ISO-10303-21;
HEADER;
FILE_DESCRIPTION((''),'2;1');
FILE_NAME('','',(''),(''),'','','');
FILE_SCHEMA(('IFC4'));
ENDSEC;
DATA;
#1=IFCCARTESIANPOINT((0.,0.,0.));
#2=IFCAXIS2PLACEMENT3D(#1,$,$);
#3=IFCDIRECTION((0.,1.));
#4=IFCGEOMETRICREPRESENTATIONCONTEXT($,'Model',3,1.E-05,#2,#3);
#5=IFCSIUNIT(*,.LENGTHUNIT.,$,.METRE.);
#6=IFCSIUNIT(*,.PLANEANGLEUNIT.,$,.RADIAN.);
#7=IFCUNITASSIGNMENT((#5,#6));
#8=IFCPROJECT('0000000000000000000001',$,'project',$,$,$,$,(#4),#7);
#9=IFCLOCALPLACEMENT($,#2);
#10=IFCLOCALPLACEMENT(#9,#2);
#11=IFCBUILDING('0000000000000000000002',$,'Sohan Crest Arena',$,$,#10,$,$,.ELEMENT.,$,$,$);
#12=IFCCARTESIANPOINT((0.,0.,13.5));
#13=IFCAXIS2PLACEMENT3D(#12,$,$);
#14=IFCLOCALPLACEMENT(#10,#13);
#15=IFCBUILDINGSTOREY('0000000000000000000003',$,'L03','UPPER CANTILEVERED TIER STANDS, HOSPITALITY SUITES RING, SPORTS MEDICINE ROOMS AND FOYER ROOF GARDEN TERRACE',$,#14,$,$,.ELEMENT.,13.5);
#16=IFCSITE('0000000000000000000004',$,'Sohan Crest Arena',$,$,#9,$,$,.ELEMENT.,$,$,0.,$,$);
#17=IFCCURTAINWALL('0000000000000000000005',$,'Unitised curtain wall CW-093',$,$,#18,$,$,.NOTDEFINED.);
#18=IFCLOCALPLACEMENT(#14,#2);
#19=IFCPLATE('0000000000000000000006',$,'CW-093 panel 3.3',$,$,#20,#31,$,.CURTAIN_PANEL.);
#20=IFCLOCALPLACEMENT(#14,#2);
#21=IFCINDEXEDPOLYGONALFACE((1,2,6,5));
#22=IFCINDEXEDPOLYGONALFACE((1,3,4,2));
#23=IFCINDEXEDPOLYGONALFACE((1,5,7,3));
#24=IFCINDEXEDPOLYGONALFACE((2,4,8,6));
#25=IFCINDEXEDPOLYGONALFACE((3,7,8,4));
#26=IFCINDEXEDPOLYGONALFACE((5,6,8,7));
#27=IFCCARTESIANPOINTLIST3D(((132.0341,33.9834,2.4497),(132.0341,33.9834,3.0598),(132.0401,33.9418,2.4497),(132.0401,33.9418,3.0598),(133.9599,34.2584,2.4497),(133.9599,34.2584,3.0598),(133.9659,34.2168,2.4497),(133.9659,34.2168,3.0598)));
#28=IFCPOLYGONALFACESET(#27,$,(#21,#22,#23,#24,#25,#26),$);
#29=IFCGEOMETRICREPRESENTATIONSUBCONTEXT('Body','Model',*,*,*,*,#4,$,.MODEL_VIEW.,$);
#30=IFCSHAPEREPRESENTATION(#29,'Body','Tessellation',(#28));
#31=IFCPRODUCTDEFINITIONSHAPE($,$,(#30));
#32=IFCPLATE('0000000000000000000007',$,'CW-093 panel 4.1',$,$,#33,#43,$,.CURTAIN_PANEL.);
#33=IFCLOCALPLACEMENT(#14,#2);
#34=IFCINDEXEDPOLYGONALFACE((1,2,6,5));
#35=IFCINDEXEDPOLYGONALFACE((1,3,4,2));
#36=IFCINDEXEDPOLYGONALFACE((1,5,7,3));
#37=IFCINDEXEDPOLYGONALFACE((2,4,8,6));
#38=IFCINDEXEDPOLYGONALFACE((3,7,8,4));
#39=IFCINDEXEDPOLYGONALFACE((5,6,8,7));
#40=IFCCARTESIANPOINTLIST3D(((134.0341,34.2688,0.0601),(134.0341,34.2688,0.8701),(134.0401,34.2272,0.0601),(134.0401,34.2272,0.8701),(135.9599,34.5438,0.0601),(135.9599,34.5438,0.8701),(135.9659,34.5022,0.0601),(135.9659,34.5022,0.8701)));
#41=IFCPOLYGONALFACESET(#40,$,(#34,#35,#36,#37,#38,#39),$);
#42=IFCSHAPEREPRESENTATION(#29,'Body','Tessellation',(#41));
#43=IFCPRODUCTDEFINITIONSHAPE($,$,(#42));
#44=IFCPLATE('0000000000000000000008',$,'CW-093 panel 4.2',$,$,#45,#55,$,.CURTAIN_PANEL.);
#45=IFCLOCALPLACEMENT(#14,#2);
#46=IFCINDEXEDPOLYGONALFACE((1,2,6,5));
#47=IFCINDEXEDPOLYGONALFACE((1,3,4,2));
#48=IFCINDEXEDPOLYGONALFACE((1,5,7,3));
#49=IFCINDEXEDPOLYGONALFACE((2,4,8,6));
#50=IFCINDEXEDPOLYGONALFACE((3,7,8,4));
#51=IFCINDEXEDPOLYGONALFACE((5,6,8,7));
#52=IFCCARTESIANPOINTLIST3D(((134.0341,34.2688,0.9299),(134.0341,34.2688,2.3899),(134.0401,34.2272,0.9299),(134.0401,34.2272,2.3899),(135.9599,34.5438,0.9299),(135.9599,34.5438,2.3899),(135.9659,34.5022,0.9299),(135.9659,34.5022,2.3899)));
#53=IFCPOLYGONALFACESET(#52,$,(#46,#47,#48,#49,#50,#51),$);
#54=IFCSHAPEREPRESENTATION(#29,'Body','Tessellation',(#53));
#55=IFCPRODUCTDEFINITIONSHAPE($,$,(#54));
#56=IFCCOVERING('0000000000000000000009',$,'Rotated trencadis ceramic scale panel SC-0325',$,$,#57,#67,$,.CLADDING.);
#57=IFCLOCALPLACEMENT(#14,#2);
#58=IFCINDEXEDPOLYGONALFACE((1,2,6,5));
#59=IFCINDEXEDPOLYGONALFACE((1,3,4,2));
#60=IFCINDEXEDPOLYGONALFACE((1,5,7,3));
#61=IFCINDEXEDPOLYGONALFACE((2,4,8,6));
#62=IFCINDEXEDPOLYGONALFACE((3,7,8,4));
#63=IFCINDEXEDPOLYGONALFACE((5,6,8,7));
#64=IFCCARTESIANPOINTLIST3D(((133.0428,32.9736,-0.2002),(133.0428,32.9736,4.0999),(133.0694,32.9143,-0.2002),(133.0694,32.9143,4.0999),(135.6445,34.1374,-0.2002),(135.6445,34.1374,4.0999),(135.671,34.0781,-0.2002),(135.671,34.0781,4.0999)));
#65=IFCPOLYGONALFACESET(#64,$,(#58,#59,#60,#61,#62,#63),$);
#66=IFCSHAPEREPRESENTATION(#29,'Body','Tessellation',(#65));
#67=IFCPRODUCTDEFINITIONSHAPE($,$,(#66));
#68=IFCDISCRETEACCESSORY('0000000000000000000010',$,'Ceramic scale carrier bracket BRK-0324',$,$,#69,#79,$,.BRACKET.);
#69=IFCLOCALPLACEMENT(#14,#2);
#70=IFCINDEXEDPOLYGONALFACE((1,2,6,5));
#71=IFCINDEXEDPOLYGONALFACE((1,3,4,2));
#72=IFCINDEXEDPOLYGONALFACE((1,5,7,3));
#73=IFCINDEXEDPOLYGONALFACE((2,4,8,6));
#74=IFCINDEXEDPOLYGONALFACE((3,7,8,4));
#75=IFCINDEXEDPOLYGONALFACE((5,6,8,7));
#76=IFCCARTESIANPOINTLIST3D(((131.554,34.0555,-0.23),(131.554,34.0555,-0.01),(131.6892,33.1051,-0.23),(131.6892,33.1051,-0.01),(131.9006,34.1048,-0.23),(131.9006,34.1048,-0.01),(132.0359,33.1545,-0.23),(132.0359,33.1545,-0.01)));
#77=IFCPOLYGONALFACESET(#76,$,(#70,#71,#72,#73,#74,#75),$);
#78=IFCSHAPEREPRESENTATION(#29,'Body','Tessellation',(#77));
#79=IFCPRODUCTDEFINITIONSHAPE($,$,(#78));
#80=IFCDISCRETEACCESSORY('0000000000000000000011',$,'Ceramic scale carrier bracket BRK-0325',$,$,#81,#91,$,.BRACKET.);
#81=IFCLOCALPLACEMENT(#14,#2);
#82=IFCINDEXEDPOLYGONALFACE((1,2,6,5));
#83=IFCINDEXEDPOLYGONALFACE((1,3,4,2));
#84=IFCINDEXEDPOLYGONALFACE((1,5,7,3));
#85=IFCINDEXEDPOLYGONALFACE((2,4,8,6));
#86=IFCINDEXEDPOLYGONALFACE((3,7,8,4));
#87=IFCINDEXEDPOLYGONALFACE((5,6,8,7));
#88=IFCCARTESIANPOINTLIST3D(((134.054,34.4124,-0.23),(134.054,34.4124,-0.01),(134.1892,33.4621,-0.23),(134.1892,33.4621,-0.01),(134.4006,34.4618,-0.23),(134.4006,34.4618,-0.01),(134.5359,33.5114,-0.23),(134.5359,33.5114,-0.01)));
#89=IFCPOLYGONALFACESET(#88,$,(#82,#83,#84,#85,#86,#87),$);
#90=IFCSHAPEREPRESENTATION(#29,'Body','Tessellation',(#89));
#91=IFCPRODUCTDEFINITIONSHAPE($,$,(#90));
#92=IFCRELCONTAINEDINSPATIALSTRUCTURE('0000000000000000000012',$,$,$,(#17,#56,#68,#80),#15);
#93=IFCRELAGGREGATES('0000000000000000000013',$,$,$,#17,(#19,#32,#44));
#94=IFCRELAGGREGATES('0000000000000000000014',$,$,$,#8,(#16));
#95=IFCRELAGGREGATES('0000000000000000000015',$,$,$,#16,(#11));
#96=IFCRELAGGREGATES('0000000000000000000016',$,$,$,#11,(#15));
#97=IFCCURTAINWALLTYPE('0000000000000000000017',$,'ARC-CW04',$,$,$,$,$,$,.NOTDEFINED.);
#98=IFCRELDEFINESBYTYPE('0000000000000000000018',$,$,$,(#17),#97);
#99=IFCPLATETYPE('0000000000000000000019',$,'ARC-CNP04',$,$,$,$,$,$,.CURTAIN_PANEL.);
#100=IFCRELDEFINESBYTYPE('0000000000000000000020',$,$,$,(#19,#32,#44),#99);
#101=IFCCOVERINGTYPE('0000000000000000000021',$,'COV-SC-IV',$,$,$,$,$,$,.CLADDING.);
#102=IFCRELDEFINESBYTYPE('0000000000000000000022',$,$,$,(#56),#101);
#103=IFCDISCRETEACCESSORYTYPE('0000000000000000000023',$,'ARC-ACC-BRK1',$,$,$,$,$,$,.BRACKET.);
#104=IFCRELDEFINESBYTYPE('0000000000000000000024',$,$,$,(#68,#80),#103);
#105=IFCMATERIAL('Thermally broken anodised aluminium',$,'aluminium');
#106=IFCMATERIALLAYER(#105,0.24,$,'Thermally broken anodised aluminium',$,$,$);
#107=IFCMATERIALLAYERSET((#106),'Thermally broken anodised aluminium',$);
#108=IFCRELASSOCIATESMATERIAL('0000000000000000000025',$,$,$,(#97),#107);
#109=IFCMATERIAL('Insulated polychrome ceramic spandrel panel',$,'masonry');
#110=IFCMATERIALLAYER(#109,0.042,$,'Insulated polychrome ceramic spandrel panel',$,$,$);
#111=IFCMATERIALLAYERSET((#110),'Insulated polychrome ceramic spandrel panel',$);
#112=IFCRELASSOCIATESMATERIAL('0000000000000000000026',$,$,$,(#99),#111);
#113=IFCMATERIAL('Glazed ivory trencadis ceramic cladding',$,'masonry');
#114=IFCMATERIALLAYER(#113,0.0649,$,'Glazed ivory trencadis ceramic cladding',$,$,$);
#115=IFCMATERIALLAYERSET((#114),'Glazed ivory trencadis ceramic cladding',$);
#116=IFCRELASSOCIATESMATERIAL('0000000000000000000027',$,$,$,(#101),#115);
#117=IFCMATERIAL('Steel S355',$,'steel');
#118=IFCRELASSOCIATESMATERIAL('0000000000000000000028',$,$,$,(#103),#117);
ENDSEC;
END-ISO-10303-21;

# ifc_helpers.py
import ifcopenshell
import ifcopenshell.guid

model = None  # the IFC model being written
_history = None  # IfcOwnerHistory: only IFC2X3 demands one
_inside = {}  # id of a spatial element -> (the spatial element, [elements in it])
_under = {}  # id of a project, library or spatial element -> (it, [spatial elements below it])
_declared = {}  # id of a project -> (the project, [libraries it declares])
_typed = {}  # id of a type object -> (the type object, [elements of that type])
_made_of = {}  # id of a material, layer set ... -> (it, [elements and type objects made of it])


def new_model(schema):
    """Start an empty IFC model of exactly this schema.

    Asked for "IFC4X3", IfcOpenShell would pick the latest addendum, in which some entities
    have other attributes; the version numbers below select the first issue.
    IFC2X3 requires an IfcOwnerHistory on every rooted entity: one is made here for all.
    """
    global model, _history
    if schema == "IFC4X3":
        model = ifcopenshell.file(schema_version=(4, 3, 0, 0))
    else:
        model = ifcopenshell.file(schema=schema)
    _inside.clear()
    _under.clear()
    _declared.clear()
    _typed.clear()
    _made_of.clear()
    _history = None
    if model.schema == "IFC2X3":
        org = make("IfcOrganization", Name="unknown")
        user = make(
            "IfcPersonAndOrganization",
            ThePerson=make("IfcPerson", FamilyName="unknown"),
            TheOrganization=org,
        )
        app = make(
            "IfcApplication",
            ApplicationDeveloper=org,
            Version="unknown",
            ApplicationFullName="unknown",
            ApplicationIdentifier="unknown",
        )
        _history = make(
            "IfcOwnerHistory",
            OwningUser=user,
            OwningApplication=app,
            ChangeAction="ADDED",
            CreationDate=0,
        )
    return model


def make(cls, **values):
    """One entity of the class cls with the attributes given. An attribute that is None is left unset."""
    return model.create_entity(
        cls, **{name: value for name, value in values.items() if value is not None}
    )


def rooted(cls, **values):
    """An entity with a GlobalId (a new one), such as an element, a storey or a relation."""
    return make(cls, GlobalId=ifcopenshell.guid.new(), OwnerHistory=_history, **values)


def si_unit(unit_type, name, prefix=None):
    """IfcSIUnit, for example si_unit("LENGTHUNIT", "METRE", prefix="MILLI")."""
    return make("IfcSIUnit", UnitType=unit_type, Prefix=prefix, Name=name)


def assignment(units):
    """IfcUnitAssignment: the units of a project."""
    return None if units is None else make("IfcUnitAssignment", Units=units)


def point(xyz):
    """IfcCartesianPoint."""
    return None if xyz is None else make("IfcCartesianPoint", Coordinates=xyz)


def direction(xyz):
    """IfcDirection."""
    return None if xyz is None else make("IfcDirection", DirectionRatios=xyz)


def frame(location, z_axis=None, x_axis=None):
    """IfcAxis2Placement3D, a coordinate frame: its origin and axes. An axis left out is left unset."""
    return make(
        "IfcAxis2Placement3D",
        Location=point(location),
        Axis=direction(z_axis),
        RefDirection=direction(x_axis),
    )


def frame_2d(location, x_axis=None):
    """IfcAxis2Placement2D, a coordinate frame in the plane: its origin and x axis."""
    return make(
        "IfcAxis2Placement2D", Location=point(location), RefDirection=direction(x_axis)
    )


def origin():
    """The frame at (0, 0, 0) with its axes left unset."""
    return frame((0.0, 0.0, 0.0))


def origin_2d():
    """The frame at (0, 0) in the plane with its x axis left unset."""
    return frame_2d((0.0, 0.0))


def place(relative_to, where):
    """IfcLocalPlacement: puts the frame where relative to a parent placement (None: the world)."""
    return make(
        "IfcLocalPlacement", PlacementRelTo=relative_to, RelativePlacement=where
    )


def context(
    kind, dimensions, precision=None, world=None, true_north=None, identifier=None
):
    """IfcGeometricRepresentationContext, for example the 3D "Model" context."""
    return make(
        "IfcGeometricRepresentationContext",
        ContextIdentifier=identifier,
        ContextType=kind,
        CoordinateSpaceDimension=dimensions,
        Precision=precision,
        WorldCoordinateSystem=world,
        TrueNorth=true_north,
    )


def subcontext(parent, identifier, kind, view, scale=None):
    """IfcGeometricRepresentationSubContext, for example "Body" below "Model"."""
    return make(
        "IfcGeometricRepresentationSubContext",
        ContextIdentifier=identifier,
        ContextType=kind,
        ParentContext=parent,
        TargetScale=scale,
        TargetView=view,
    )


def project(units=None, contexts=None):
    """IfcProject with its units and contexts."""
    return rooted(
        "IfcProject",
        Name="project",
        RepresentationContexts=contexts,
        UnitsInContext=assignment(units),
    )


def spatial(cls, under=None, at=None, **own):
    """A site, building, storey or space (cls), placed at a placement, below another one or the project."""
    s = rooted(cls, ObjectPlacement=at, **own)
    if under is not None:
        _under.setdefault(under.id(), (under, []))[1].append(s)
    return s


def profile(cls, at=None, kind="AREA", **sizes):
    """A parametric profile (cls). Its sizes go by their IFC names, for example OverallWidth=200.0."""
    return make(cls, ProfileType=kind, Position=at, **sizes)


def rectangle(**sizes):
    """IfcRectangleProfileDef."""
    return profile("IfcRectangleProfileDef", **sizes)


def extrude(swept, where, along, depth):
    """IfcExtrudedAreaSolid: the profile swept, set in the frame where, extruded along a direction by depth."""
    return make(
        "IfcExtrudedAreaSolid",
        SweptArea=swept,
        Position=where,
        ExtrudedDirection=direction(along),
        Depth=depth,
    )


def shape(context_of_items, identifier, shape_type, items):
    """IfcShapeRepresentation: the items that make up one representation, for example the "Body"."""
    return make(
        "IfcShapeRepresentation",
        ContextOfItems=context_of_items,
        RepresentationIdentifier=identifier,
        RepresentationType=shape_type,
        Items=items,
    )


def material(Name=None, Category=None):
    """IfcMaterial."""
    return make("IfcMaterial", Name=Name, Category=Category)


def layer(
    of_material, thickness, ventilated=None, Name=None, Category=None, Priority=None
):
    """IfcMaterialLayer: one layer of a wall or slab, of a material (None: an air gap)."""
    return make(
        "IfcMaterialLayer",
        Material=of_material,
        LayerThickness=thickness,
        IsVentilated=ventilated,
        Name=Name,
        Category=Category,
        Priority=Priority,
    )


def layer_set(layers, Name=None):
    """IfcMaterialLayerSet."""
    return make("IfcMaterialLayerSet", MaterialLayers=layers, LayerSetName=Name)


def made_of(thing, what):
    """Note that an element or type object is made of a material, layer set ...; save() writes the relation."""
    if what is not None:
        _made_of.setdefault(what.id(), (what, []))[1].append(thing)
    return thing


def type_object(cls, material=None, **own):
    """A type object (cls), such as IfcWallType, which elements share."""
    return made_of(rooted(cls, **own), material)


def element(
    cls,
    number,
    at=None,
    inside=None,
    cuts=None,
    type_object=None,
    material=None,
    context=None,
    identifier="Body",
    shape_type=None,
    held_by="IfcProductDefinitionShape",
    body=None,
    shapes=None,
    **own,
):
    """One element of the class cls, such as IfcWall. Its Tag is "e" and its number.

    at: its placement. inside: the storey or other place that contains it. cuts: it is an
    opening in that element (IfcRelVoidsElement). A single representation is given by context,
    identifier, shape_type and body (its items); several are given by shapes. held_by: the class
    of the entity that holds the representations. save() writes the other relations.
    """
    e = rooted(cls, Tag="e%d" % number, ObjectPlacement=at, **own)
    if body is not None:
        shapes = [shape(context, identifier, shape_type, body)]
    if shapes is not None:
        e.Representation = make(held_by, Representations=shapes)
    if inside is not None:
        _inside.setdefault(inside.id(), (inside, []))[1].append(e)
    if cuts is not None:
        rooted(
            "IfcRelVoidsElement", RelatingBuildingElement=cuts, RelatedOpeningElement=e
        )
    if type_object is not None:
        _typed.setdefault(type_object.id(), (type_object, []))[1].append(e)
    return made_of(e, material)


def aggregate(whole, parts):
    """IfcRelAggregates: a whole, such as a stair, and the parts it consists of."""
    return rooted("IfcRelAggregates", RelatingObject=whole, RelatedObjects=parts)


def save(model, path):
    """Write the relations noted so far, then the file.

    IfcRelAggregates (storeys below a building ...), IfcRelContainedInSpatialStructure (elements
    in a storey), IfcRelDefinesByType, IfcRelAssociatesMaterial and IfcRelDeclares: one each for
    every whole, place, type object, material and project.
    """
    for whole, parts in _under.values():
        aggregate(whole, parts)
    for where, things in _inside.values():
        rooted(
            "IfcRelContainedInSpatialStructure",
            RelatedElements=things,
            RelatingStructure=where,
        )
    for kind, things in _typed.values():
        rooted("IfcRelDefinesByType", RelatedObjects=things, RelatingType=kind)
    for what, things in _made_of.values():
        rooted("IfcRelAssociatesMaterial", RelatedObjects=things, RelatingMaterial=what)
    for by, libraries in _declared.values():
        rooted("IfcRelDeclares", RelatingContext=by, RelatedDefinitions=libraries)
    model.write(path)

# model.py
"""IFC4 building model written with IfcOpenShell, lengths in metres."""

from ifc_helpers import new_model, si_unit, direction, frame, origin, origin_2d, place, context, subcontext, project, spatial, rectangle, extrude, material, layer, layer_set, type_object, element, aggregate, save


model = new_model("IFC4")

# Units and contexts
model_context = context("Model", 3, precision=1e-05, world=origin(), true_north=direction((0.0, 1.0)))
body_context = subcontext(model_context, "Body", "Model", "MODEL_VIEW")
ifc_project = project(units=[si_unit("LENGTHUNIT", "METRE"), si_unit("PLANEANGLEUNIT", "RADIAN")], contexts=[model_context])

# Site, building, storey
site_placement = place(None, origin())
site = spatial("IfcSite", under=ifc_project, at=site_placement, Name="Sohan Crest Arena", CompositionType="ELEMENT", RefElevation=0.0)
building_placement = place(site_placement, origin())
building = spatial("IfcBuilding", under=site, at=building_placement, Name="Sohan Crest Arena", CompositionType="ELEMENT")
storey_placement = place(building_placement, frame((0.0, 0.0, 13.5)))
storey = spatial("IfcBuildingStorey", under=building, at=storey_placement, Name="L03", Description="UPPER CANTILEVERED TIER STANDS, HOSPITALITY SUITES RING, SPORTS MEDICINE ROOMS AND FOYER ROOF GARDEN TERRACE", CompositionType="ELEMENT", Elevation=13.5)

# Shared definitions
ifc_material_1 = material(Name="Steel S355", Category="steel")

# Curtain wall
ifc_material_2 = material(Name="Thermally broken anodised aluminium", Category="aluminium")
ifc_layer_1 = layer(ifc_material_2, 0.24, Name="Thermally broken anodised aluminium")
ifc_layer_set_1 = layer_set([ifc_layer_1], Name="Thermally broken anodised aluminium")
curtain_wall_type = type_object("IfcCurtainWallType", Name="ARC-CW04", PredefinedType="NOTDEFINED", material=ifc_layer_set_1)
curtain_wall_placement = place(storey_placement, origin())
curtain_wall = element("IfcCurtainWall", 1, at=curtain_wall_placement, inside=storey, type_object=curtain_wall_type, Name="Unitised curtain wall CW-093", PredefinedType="NOTDEFINED")

# Plates
ifc_material_3 = material(Name="Insulated polychrome ceramic spandrel panel", Category="masonry")
ifc_layer_2 = layer(ifc_material_3, 0.042, Name="Insulated polychrome ceramic spandrel panel")
ifc_layer_set_2 = layer_set([ifc_layer_2], Name="Insulated polychrome ceramic spandrel panel")
plate_type = type_object("IfcPlateType", Name="ARC-CNP04", PredefinedType="CURTAIN_PANEL", material=ifc_layer_set_2)
plate_1_placement = place(storey_placement, frame((133.0, 34.1001, 2.4497), z_axis=(0.0, 0.0, 1.0), x_axis=(0.989957, 0.141366, 0.0)))
plate_1 = element("IfcPlate", 2, at=plate_1_placement, type_object=plate_type, Name="CW-093 panel 3.3", PredefinedType="CURTAIN_PANEL", context=body_context, shape_type="SweptSolid", body=[
    extrude(rectangle(XDim=1.9453, YDim=0.042, at=origin_2d()), origin(), (0.0, 0.0, 1.0), 0.6101),
])
plate_2_placement = place(storey_placement, frame((135.0, 34.3855, 0.0601), z_axis=(0.0, 0.0, 1.0), x_axis=(0.989957, 0.141366, 0.0)))
plate_2 = element("IfcPlate", 3, at=plate_2_placement, type_object=plate_type, Name="CW-093 panel 4.1", PredefinedType="CURTAIN_PANEL", context=body_context, shape_type="SweptSolid", body=[
    extrude(rectangle(XDim=1.9453, YDim=0.042, at=origin_2d()), origin(), (0.0, 0.0, 1.0), 0.8101),
])
plate_3_placement = place(storey_placement, frame((135.0, 34.3855, 0.9299), z_axis=(0.0, 0.0, 1.0), x_axis=(0.989957, 0.141366, 0.0)))
plate_3 = element("IfcPlate", 4, at=plate_3_placement, type_object=plate_type, Name="CW-093 panel 4.2", PredefinedType="CURTAIN_PANEL", context=body_context, shape_type="SweptSolid", body=[
    extrude(rectangle(XDim=1.9453, YDim=0.042, at=origin_2d()), origin(), (0.0, 0.0, 1.0), 1.46),
])
aggregate(curtain_wall, [plate_1, plate_2, plate_3])

# Covering
ifc_material_4 = material(Name="Glazed ivory trencadis ceramic cladding", Category="masonry")
ifc_layer_3 = layer(ifc_material_4, 0.0649, Name="Glazed ivory trencadis ceramic cladding")
ifc_layer_set_3 = layer_set([ifc_layer_3], Name="Glazed ivory trencadis ceramic cladding")
covering_type = type_object("IfcCoveringType", Name="COV-SC-IV", PredefinedType="CLADDING", material=ifc_layer_set_3)
covering_placement = place(storey_placement, frame((134.3569, 33.5259, -0.2002), z_axis=(0.0, 0.0, 1.0), x_axis=(0.912834, 0.40833, 0.0)))
element("IfcCovering", 5, at=covering_placement, inside=storey, type_object=covering_type, Name="Rotated trencadis ceramic scale panel SC-0325", PredefinedType="CLADDING", context=body_context, shape_type="SweptSolid", body=[
    extrude(rectangle(XDim=2.8501, YDim=0.0649, at=origin_2d()), origin(), (0.0, 0.0, 1.0), 4.3),
])

# Discrete accessories
discrete_accessory_type = type_object("IfcDiscreteAccessoryType", Name="ARC-ACC-BRK1", PredefinedType="BRACKET", material=ifc_material_1)
for number, where, z_axis, x_axis, name in (
    (6, (131.7949, 33.605, -0.23), (0.0, 0.0, 1.0), (0.990024, 0.140901, 0.0), "Ceramic scale carrier bracket BRK-0324"),
    (7, (134.2949, 33.9619, -0.23), (0.0, 0.0, 1.0), (0.990024, 0.140901, 0.0), "Ceramic scale carrier bracket BRK-0325"),
):
    element("IfcDiscreteAccessory", number, at=place(storey_placement, frame(where, z_axis=z_axis, x_axis=x_axis)), inside=storey, type_object=discrete_accessory_type, Name=name, PredefinedType="BRACKET", context=body_context, shape_type="SweptSolid", body=[
        extrude(rectangle(XDim=0.3501, YDim=0.96, at=origin_2d()), origin(), (0.0, 0.0, 1.0), 0.22),
    ])

save(model, "model.ifc")
